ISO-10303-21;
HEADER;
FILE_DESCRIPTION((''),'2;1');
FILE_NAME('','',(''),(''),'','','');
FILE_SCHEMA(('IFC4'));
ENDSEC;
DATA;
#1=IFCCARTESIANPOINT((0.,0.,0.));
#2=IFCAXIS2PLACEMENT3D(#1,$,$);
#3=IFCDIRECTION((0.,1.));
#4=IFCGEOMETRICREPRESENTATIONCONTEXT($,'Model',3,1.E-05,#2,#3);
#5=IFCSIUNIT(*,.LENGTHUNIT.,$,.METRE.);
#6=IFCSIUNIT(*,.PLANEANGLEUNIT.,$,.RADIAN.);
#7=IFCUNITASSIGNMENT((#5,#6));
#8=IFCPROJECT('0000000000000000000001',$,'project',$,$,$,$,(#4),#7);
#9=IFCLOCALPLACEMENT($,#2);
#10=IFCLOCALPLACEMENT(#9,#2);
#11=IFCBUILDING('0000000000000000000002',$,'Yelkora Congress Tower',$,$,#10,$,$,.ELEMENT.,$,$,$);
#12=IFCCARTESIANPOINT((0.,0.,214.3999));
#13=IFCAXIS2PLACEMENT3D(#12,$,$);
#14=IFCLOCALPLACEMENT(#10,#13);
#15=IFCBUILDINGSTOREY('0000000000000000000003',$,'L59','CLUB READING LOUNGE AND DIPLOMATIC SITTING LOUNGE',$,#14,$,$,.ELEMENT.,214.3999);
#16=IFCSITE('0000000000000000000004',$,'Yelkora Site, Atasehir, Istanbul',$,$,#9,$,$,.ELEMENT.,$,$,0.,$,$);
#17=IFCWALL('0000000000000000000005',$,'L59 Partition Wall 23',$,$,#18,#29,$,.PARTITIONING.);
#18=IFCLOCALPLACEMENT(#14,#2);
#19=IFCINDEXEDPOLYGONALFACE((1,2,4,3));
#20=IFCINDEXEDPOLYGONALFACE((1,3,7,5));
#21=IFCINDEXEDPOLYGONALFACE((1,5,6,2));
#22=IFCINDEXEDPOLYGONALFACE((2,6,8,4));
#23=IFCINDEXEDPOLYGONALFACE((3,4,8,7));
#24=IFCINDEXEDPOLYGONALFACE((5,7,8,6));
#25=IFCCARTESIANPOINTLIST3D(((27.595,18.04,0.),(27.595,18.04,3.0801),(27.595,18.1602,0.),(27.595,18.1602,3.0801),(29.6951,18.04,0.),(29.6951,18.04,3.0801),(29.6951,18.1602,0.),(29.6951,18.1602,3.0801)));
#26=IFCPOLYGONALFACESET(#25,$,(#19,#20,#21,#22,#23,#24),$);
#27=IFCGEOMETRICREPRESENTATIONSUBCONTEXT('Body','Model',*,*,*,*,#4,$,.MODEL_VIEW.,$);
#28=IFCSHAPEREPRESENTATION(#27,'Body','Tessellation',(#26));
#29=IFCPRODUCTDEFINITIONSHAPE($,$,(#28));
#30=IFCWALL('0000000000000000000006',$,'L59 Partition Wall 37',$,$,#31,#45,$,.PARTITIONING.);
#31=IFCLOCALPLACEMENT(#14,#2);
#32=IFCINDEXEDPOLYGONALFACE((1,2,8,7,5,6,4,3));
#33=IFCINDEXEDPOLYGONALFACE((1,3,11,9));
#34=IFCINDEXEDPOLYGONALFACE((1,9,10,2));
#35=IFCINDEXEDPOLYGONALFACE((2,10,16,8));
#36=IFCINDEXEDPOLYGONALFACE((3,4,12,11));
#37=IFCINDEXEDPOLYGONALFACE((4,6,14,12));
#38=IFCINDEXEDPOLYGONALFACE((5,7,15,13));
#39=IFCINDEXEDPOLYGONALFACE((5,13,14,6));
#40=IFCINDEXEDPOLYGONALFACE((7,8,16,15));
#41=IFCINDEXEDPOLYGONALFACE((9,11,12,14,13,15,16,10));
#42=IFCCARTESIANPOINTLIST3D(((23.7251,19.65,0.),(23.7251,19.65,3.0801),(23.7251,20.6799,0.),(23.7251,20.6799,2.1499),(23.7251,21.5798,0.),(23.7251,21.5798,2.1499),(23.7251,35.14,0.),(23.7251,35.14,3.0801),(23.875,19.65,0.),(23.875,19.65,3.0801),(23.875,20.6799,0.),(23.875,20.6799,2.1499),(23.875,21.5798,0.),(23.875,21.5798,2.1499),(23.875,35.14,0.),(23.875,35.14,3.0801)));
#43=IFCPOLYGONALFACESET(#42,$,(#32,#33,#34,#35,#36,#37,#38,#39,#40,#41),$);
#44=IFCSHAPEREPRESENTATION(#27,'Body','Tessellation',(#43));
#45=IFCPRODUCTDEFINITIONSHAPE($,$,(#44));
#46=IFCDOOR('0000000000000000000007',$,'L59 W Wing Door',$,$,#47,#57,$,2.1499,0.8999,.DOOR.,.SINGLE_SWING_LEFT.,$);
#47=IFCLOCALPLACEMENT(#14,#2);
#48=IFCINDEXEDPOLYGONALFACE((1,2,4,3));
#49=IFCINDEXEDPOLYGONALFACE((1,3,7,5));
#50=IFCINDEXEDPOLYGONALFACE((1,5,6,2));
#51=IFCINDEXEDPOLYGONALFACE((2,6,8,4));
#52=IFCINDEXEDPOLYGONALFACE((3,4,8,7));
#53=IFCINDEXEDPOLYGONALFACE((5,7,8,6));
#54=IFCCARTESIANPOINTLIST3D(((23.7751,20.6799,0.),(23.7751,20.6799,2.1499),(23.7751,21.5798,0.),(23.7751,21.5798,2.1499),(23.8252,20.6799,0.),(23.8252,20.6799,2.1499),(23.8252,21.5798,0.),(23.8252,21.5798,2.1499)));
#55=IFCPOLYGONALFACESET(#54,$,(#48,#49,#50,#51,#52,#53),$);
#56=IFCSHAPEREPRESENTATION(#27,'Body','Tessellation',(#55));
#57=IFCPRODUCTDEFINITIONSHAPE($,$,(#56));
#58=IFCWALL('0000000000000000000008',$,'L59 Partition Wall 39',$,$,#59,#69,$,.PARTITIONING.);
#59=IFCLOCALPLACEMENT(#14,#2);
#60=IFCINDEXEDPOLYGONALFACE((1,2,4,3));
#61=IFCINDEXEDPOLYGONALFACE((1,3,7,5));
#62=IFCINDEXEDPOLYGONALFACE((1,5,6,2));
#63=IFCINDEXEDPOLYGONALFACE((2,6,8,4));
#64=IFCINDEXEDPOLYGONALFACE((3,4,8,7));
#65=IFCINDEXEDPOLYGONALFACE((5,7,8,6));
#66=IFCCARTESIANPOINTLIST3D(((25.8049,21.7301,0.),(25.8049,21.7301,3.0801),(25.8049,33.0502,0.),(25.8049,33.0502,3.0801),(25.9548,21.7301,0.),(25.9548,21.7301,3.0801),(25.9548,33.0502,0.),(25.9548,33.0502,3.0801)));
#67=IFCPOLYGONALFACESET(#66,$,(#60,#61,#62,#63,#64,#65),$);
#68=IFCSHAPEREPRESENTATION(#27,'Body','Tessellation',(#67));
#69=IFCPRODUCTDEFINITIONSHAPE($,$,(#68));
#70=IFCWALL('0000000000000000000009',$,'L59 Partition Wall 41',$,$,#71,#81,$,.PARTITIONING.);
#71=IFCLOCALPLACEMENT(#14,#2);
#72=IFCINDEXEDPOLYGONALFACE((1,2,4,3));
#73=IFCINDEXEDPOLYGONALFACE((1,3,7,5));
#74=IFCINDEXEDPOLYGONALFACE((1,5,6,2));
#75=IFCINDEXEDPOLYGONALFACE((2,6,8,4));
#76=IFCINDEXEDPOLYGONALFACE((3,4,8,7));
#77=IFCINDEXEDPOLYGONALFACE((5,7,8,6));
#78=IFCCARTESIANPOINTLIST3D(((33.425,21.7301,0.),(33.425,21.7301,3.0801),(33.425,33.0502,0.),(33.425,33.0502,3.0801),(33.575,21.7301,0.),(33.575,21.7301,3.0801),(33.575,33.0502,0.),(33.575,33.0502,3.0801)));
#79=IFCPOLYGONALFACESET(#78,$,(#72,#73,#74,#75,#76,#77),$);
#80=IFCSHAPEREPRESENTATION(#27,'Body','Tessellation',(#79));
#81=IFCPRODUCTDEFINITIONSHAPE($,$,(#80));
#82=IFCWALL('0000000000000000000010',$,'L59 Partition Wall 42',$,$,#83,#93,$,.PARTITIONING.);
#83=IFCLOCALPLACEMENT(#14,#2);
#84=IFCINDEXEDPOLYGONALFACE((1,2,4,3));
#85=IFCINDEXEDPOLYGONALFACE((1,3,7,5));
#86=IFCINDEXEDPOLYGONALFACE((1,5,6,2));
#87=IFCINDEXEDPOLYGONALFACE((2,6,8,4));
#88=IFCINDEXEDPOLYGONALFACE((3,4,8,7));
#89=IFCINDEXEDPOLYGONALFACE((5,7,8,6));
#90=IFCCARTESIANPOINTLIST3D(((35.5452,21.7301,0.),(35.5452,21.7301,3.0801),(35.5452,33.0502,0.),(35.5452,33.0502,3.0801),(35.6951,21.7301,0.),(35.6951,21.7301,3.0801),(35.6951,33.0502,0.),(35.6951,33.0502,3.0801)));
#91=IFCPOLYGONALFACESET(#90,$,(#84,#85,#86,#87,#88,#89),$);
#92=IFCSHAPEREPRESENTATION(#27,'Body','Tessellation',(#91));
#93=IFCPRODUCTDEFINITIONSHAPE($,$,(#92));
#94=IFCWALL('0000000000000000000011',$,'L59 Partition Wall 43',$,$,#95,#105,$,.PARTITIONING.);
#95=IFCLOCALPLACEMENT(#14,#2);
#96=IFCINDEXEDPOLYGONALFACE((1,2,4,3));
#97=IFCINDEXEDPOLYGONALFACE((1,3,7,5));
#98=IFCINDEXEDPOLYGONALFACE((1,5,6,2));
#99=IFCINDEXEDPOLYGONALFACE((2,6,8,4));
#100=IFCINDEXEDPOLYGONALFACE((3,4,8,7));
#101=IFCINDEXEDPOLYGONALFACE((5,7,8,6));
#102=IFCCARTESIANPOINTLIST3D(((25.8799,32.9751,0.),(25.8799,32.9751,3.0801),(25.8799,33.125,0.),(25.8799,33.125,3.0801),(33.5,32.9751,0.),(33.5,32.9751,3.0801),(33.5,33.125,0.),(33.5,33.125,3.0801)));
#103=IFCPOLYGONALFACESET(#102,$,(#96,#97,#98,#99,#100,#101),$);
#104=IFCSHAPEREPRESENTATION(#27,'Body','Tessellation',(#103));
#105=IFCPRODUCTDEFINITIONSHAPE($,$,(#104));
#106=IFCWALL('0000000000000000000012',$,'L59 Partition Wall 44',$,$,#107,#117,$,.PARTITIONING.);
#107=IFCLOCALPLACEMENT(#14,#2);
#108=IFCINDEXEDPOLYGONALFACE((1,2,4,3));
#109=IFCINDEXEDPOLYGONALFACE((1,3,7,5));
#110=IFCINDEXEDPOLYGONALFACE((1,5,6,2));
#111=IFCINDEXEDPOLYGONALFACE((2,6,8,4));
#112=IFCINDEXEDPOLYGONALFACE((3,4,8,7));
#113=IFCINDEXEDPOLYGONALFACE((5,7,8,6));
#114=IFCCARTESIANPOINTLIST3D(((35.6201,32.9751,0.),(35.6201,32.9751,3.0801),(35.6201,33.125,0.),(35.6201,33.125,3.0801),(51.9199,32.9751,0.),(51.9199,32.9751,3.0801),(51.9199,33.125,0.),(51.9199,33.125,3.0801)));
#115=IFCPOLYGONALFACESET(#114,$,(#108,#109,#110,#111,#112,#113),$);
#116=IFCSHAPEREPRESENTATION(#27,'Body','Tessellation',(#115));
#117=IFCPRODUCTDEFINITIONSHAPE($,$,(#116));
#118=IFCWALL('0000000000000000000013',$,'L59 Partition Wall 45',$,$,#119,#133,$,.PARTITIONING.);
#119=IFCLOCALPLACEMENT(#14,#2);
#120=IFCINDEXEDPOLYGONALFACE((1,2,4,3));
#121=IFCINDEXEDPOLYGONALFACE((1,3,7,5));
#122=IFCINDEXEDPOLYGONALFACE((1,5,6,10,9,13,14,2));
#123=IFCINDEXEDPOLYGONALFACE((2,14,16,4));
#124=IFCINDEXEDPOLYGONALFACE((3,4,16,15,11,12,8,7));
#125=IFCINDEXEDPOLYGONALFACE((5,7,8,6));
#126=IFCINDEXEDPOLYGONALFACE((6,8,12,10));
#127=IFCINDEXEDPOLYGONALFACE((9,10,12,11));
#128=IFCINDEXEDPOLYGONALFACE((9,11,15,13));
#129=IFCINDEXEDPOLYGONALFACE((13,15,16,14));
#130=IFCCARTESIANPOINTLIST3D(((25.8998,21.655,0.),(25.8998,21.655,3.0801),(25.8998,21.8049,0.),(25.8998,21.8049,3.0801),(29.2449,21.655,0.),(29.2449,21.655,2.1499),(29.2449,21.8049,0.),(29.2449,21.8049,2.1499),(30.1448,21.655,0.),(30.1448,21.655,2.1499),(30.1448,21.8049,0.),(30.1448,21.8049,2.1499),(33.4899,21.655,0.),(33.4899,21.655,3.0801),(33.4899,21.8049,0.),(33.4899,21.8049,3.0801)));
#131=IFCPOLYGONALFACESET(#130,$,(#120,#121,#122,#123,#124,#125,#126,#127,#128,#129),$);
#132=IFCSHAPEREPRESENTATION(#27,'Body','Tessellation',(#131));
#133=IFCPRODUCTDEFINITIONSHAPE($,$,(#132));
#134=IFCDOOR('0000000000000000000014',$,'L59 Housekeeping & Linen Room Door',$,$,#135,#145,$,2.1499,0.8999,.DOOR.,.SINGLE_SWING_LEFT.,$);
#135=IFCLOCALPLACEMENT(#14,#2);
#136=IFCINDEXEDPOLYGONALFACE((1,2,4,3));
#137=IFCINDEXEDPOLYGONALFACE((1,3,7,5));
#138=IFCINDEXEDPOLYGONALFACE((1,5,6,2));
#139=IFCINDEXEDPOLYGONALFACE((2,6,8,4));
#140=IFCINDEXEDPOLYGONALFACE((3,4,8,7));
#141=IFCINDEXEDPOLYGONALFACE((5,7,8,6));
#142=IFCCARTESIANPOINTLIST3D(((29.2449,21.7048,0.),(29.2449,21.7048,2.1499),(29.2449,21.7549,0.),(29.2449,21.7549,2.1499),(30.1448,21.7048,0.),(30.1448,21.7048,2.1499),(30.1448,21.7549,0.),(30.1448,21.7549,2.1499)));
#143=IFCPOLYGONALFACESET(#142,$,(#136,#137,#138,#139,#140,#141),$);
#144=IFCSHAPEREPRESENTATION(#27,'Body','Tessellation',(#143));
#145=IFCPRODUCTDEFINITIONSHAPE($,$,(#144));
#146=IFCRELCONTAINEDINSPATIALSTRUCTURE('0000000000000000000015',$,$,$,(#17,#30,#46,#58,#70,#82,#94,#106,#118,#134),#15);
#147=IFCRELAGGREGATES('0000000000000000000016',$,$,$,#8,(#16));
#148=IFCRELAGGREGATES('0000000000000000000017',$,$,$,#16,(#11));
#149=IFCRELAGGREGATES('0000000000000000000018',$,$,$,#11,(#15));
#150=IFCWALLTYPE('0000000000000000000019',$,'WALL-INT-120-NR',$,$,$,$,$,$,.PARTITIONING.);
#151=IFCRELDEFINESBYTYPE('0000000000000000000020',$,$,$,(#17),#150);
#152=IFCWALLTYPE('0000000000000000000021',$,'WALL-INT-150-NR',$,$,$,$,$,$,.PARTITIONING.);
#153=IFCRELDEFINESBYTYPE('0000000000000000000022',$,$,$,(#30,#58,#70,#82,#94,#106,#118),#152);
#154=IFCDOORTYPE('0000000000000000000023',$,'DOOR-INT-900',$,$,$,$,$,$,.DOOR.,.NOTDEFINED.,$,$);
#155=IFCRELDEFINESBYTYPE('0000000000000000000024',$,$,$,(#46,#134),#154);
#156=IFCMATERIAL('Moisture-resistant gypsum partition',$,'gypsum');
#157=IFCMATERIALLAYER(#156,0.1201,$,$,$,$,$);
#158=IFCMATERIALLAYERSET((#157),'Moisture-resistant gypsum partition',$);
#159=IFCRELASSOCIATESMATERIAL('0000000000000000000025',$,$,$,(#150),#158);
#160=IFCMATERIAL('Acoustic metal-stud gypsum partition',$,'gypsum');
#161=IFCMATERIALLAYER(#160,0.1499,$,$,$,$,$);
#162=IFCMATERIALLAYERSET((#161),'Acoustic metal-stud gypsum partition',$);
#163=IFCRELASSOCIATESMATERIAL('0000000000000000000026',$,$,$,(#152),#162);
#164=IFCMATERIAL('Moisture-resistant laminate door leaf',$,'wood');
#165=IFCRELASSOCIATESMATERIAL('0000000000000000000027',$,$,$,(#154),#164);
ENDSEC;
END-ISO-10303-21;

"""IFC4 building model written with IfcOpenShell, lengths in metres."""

from ifc_helpers import new_model, si_unit, direction, frame, frame_2d, origin, place, context, subcontext, project, spatial, rectangle, extrude, material, layer, layer_set, type_object, element, fill, save


model = new_model("IFC4")

# Units and contexts
model_context = context("Model", 3, precision=1e-05, world=origin(), true_north=direction((0.0, 1.0)))
body_context = subcontext(model_context, "Body", "Model", "MODEL_VIEW")
ifc_project = project(units=[si_unit("LENGTHUNIT", "METRE"), si_unit("PLANEANGLEUNIT", "RADIAN")], contexts=[model_context])

# Site, building, storey
site_placement = place(None, origin())
site = spatial("IfcSite", under=ifc_project, at=site_placement, Name="Yelkora Site, Atasehir, Istanbul", CompositionType="ELEMENT", RefElevation=0.0)
building_placement = place(site_placement, origin())
building = spatial("IfcBuilding", under=site, at=building_placement, Name="Yelkora Congress Tower", CompositionType="ELEMENT")
storey_placement = place(building_placement, frame((0.0, 0.0, 214.3999)))
storey = spatial("IfcBuildingStorey", under=building, at=storey_placement, Name="L59", Description="CLUB READING LOUNGE AND DIPLOMATIC SITTING LOUNGE", CompositionType="ELEMENT", Elevation=214.3999)

# Wall
ifc_material_1 = material(Name="Moisture-resistant gypsum partition", Category="gypsum")
ifc_layer_1 = layer(ifc_material_1, 0.1201)
ifc_layer_set_1 = layer_set([ifc_layer_1], Name="Moisture-resistant gypsum partition")
wall_type_1 = type_object("IfcWallType", Name="WALL-INT-120-NR", PredefinedType="PARTITIONING", material=ifc_layer_set_1)
wall_1_placement = place(storey_placement, frame((27.595, 18.1001, 0.0), z_axis=(0.0, 0.0, 1.0), x_axis=(1.0, 0.0, 0.0)))
element("IfcWall", 1, at=wall_1_placement, inside=storey, type_object=wall_type_1, Name="L59 Partition Wall 23", PredefinedType="PARTITIONING", context=body_context, shape_type="SweptSolid", body=[
    extrude(rectangle(XDim=2.1001, YDim=0.1201, at=frame_2d((1.05, 0.0))), origin(), (0.0, 0.0, 1.0), 3.0801),
])

# Wall, opening, door
ifc_material_2 = material(Name="Acoustic metal-stud gypsum partition", Category="gypsum")
ifc_layer_2 = layer(ifc_material_2, 0.1499)
ifc_layer_set_2 = layer_set([ifc_layer_2], Name="Acoustic metal-stud gypsum partition")
wall_type_2 = type_object("IfcWallType", Name="WALL-INT-150-NR", PredefinedType="PARTITIONING", material=ifc_layer_set_2)
wall_2_placement = place(storey_placement, frame((23.8, 19.6499, 0.0), z_axis=(0.0, 0.0, 1.0), x_axis=(0.0, 1.0, 0.0)))
wall_2 = element("IfcWall", 2, at=wall_2_placement, inside=storey, type_object=wall_type_2, Name="L59 Partition Wall 37", PredefinedType="PARTITIONING", context=body_context, shape_type="SweptSolid", body=[
    extrude(rectangle(XDim=15.49, YDim=0.1499, at=frame_2d((7.7451, 0.0))), origin(), (0.0, 0.0, 1.0), 3.0801),
])
opening_1_placement = place(wall_2_placement, frame((1.03, 0.0, 0.0)))
opening_1 = element("IfcOpeningElement", 3, at=opening_1_placement, cuts=wall_2, PredefinedType="OPENING", context=body_context, shape_type="SweptSolid", body=[
    extrude(rectangle(XDim=0.8999, YDim=2.1499, at=frame_2d((0.45, 1.075))), frame((0.0, 0.085, 0.0), z_axis=(0.0, -1.0, 0.0), x_axis=(1.0, 0.0, 0.0)), (0.0, 0.0, 1.0), 0.1699),
])
ifc_material_3 = material(Name="Moisture-resistant laminate door leaf", Category="wood")
door_type_1 = type_object("IfcDoorType", Name="DOOR-INT-900", OperationType="NOTDEFINED", PredefinedType="DOOR", material=ifc_material_3)
door_1_placement = place(opening_1_placement, origin())
door_1 = element("IfcDoor", 4, at=door_1_placement, inside=storey, type_object=door_type_1, Name="L59 W Wing Door", OperationType="SINGLE_SWING_LEFT", OverallHeight=2.1499, OverallWidth=0.8999, PredefinedType="DOOR", context=body_context, shape_type="SweptSolid", body=[
    extrude(rectangle(XDim=0.8999, YDim=2.1499, at=frame_2d((0.45, 1.075))), frame((0.0, 0.0249, 0.0), z_axis=(0.0, -1.0, 0.0), x_axis=(1.0, 0.0, 0.0)), (0.0, 0.0, 1.0), 0.05),
])
fill(opening_1, door_1)

# Walls
for number, where, z_axis, x_axis, name in (
    (5, (25.8799, 21.73, 0.0), (0.0, 0.0, 1.0), (0.0, 1.0, 0.0), "L59 Partition Wall 39"),
    (6, (33.5, 21.73, 0.0), (0.0, 0.0, 1.0), (0.0, 1.0, 0.0), "L59 Partition Wall 41"),
    (7, (35.6201, 21.73, 0.0), (0.0, 0.0, 1.0), (0.0, 1.0, 0.0), "L59 Partition Wall 42"),
):
    element("IfcWall", number, at=place(storey_placement, frame(where, z_axis=z_axis, x_axis=x_axis)), inside=storey, type_object=wall_type_2, Name=name, PredefinedType="PARTITIONING", context=body_context, shape_type="SweptSolid", body=[
        extrude(rectangle(XDim=11.3201, YDim=0.1499, at=frame_2d((5.6602, 0.0))), origin(), (0.0, 0.0, 1.0), 3.0801),
    ])
wall_3_placement = place(storey_placement, frame((25.8799, 33.05, 0.0), z_axis=(0.0, 0.0, 1.0), x_axis=(1.0, 0.0, 0.0)))
element("IfcWall", 8, at=wall_3_placement, inside=storey, type_object=wall_type_2, Name="L59 Partition Wall 43", PredefinedType="PARTITIONING", context=body_context, shape_type="SweptSolid", body=[
    extrude(rectangle(XDim=7.6201, YDim=0.1499, at=frame_2d((3.8101, 0.0))), origin(), (0.0, 0.0, 1.0), 3.0801),
])
wall_4_placement = place(storey_placement, frame((35.6201, 33.05, 0.0), z_axis=(0.0, 0.0, 1.0), x_axis=(1.0, 0.0, 0.0)))
element("IfcWall", 9, at=wall_4_placement, inside=storey, type_object=wall_type_2, Name="L59 Partition Wall 44", PredefinedType="PARTITIONING", context=body_context, shape_type="SweptSolid", body=[
    extrude(rectangle(XDim=16.2998, YDim=0.1499, at=frame_2d((8.1499, 0.0))), origin(), (0.0, 0.0, 1.0), 3.0801),
])

# Wall, opening, door
wall_5_placement = place(storey_placement, frame((25.8999, 21.73, 0.0), z_axis=(0.0, 0.0, 1.0), x_axis=(1.0, 0.0, 0.0)))
wall_5 = element("IfcWall", 10, at=wall_5_placement, inside=storey, type_object=wall_type_2, Name="L59 Partition Wall 45", PredefinedType="PARTITIONING", context=body_context, shape_type="SweptSolid", body=[
    extrude(rectangle(XDim=7.5901, YDim=0.1499, at=frame_2d((3.7949, 0.0))), origin(), (0.0, 0.0, 1.0), 3.0801),
])
opening_2_placement = place(wall_5_placement, frame((3.345, 0.0, 0.0)))
opening_2 = element("IfcOpeningElement", 11, at=opening_2_placement, cuts=wall_5, PredefinedType="OPENING", context=body_context, shape_type="SweptSolid", body=[
    extrude(rectangle(XDim=0.8999, YDim=2.1499, at=frame_2d((0.45, 1.075))), frame((0.0, 0.085, 0.0), z_axis=(0.0, -1.0, 0.0), x_axis=(1.0, 0.0, 0.0)), (0.0, 0.0, 1.0), 0.1699),
])
door_2_placement = place(opening_2_placement, origin())
door_2 = element("IfcDoor", 12, at=door_2_placement, inside=storey, type_object=door_type_1, Name="L59 Housekeeping & Linen Room Door", OperationType="SINGLE_SWING_LEFT", OverallHeight=2.1499, OverallWidth=0.8999, PredefinedType="DOOR", context=body_context, shape_type="SweptSolid", body=[
    extrude(rectangle(XDim=0.8999, YDim=2.1499, at=frame_2d((0.45, 1.075))), frame((0.0, 0.0249, 0.0), z_axis=(0.0, -1.0, 0.0), x_axis=(1.0, 0.0, 0.0)), (0.0, 0.0, 1.0), 0.05),
])
fill(opening_2, door_2)

save(model, "model.ifc")
